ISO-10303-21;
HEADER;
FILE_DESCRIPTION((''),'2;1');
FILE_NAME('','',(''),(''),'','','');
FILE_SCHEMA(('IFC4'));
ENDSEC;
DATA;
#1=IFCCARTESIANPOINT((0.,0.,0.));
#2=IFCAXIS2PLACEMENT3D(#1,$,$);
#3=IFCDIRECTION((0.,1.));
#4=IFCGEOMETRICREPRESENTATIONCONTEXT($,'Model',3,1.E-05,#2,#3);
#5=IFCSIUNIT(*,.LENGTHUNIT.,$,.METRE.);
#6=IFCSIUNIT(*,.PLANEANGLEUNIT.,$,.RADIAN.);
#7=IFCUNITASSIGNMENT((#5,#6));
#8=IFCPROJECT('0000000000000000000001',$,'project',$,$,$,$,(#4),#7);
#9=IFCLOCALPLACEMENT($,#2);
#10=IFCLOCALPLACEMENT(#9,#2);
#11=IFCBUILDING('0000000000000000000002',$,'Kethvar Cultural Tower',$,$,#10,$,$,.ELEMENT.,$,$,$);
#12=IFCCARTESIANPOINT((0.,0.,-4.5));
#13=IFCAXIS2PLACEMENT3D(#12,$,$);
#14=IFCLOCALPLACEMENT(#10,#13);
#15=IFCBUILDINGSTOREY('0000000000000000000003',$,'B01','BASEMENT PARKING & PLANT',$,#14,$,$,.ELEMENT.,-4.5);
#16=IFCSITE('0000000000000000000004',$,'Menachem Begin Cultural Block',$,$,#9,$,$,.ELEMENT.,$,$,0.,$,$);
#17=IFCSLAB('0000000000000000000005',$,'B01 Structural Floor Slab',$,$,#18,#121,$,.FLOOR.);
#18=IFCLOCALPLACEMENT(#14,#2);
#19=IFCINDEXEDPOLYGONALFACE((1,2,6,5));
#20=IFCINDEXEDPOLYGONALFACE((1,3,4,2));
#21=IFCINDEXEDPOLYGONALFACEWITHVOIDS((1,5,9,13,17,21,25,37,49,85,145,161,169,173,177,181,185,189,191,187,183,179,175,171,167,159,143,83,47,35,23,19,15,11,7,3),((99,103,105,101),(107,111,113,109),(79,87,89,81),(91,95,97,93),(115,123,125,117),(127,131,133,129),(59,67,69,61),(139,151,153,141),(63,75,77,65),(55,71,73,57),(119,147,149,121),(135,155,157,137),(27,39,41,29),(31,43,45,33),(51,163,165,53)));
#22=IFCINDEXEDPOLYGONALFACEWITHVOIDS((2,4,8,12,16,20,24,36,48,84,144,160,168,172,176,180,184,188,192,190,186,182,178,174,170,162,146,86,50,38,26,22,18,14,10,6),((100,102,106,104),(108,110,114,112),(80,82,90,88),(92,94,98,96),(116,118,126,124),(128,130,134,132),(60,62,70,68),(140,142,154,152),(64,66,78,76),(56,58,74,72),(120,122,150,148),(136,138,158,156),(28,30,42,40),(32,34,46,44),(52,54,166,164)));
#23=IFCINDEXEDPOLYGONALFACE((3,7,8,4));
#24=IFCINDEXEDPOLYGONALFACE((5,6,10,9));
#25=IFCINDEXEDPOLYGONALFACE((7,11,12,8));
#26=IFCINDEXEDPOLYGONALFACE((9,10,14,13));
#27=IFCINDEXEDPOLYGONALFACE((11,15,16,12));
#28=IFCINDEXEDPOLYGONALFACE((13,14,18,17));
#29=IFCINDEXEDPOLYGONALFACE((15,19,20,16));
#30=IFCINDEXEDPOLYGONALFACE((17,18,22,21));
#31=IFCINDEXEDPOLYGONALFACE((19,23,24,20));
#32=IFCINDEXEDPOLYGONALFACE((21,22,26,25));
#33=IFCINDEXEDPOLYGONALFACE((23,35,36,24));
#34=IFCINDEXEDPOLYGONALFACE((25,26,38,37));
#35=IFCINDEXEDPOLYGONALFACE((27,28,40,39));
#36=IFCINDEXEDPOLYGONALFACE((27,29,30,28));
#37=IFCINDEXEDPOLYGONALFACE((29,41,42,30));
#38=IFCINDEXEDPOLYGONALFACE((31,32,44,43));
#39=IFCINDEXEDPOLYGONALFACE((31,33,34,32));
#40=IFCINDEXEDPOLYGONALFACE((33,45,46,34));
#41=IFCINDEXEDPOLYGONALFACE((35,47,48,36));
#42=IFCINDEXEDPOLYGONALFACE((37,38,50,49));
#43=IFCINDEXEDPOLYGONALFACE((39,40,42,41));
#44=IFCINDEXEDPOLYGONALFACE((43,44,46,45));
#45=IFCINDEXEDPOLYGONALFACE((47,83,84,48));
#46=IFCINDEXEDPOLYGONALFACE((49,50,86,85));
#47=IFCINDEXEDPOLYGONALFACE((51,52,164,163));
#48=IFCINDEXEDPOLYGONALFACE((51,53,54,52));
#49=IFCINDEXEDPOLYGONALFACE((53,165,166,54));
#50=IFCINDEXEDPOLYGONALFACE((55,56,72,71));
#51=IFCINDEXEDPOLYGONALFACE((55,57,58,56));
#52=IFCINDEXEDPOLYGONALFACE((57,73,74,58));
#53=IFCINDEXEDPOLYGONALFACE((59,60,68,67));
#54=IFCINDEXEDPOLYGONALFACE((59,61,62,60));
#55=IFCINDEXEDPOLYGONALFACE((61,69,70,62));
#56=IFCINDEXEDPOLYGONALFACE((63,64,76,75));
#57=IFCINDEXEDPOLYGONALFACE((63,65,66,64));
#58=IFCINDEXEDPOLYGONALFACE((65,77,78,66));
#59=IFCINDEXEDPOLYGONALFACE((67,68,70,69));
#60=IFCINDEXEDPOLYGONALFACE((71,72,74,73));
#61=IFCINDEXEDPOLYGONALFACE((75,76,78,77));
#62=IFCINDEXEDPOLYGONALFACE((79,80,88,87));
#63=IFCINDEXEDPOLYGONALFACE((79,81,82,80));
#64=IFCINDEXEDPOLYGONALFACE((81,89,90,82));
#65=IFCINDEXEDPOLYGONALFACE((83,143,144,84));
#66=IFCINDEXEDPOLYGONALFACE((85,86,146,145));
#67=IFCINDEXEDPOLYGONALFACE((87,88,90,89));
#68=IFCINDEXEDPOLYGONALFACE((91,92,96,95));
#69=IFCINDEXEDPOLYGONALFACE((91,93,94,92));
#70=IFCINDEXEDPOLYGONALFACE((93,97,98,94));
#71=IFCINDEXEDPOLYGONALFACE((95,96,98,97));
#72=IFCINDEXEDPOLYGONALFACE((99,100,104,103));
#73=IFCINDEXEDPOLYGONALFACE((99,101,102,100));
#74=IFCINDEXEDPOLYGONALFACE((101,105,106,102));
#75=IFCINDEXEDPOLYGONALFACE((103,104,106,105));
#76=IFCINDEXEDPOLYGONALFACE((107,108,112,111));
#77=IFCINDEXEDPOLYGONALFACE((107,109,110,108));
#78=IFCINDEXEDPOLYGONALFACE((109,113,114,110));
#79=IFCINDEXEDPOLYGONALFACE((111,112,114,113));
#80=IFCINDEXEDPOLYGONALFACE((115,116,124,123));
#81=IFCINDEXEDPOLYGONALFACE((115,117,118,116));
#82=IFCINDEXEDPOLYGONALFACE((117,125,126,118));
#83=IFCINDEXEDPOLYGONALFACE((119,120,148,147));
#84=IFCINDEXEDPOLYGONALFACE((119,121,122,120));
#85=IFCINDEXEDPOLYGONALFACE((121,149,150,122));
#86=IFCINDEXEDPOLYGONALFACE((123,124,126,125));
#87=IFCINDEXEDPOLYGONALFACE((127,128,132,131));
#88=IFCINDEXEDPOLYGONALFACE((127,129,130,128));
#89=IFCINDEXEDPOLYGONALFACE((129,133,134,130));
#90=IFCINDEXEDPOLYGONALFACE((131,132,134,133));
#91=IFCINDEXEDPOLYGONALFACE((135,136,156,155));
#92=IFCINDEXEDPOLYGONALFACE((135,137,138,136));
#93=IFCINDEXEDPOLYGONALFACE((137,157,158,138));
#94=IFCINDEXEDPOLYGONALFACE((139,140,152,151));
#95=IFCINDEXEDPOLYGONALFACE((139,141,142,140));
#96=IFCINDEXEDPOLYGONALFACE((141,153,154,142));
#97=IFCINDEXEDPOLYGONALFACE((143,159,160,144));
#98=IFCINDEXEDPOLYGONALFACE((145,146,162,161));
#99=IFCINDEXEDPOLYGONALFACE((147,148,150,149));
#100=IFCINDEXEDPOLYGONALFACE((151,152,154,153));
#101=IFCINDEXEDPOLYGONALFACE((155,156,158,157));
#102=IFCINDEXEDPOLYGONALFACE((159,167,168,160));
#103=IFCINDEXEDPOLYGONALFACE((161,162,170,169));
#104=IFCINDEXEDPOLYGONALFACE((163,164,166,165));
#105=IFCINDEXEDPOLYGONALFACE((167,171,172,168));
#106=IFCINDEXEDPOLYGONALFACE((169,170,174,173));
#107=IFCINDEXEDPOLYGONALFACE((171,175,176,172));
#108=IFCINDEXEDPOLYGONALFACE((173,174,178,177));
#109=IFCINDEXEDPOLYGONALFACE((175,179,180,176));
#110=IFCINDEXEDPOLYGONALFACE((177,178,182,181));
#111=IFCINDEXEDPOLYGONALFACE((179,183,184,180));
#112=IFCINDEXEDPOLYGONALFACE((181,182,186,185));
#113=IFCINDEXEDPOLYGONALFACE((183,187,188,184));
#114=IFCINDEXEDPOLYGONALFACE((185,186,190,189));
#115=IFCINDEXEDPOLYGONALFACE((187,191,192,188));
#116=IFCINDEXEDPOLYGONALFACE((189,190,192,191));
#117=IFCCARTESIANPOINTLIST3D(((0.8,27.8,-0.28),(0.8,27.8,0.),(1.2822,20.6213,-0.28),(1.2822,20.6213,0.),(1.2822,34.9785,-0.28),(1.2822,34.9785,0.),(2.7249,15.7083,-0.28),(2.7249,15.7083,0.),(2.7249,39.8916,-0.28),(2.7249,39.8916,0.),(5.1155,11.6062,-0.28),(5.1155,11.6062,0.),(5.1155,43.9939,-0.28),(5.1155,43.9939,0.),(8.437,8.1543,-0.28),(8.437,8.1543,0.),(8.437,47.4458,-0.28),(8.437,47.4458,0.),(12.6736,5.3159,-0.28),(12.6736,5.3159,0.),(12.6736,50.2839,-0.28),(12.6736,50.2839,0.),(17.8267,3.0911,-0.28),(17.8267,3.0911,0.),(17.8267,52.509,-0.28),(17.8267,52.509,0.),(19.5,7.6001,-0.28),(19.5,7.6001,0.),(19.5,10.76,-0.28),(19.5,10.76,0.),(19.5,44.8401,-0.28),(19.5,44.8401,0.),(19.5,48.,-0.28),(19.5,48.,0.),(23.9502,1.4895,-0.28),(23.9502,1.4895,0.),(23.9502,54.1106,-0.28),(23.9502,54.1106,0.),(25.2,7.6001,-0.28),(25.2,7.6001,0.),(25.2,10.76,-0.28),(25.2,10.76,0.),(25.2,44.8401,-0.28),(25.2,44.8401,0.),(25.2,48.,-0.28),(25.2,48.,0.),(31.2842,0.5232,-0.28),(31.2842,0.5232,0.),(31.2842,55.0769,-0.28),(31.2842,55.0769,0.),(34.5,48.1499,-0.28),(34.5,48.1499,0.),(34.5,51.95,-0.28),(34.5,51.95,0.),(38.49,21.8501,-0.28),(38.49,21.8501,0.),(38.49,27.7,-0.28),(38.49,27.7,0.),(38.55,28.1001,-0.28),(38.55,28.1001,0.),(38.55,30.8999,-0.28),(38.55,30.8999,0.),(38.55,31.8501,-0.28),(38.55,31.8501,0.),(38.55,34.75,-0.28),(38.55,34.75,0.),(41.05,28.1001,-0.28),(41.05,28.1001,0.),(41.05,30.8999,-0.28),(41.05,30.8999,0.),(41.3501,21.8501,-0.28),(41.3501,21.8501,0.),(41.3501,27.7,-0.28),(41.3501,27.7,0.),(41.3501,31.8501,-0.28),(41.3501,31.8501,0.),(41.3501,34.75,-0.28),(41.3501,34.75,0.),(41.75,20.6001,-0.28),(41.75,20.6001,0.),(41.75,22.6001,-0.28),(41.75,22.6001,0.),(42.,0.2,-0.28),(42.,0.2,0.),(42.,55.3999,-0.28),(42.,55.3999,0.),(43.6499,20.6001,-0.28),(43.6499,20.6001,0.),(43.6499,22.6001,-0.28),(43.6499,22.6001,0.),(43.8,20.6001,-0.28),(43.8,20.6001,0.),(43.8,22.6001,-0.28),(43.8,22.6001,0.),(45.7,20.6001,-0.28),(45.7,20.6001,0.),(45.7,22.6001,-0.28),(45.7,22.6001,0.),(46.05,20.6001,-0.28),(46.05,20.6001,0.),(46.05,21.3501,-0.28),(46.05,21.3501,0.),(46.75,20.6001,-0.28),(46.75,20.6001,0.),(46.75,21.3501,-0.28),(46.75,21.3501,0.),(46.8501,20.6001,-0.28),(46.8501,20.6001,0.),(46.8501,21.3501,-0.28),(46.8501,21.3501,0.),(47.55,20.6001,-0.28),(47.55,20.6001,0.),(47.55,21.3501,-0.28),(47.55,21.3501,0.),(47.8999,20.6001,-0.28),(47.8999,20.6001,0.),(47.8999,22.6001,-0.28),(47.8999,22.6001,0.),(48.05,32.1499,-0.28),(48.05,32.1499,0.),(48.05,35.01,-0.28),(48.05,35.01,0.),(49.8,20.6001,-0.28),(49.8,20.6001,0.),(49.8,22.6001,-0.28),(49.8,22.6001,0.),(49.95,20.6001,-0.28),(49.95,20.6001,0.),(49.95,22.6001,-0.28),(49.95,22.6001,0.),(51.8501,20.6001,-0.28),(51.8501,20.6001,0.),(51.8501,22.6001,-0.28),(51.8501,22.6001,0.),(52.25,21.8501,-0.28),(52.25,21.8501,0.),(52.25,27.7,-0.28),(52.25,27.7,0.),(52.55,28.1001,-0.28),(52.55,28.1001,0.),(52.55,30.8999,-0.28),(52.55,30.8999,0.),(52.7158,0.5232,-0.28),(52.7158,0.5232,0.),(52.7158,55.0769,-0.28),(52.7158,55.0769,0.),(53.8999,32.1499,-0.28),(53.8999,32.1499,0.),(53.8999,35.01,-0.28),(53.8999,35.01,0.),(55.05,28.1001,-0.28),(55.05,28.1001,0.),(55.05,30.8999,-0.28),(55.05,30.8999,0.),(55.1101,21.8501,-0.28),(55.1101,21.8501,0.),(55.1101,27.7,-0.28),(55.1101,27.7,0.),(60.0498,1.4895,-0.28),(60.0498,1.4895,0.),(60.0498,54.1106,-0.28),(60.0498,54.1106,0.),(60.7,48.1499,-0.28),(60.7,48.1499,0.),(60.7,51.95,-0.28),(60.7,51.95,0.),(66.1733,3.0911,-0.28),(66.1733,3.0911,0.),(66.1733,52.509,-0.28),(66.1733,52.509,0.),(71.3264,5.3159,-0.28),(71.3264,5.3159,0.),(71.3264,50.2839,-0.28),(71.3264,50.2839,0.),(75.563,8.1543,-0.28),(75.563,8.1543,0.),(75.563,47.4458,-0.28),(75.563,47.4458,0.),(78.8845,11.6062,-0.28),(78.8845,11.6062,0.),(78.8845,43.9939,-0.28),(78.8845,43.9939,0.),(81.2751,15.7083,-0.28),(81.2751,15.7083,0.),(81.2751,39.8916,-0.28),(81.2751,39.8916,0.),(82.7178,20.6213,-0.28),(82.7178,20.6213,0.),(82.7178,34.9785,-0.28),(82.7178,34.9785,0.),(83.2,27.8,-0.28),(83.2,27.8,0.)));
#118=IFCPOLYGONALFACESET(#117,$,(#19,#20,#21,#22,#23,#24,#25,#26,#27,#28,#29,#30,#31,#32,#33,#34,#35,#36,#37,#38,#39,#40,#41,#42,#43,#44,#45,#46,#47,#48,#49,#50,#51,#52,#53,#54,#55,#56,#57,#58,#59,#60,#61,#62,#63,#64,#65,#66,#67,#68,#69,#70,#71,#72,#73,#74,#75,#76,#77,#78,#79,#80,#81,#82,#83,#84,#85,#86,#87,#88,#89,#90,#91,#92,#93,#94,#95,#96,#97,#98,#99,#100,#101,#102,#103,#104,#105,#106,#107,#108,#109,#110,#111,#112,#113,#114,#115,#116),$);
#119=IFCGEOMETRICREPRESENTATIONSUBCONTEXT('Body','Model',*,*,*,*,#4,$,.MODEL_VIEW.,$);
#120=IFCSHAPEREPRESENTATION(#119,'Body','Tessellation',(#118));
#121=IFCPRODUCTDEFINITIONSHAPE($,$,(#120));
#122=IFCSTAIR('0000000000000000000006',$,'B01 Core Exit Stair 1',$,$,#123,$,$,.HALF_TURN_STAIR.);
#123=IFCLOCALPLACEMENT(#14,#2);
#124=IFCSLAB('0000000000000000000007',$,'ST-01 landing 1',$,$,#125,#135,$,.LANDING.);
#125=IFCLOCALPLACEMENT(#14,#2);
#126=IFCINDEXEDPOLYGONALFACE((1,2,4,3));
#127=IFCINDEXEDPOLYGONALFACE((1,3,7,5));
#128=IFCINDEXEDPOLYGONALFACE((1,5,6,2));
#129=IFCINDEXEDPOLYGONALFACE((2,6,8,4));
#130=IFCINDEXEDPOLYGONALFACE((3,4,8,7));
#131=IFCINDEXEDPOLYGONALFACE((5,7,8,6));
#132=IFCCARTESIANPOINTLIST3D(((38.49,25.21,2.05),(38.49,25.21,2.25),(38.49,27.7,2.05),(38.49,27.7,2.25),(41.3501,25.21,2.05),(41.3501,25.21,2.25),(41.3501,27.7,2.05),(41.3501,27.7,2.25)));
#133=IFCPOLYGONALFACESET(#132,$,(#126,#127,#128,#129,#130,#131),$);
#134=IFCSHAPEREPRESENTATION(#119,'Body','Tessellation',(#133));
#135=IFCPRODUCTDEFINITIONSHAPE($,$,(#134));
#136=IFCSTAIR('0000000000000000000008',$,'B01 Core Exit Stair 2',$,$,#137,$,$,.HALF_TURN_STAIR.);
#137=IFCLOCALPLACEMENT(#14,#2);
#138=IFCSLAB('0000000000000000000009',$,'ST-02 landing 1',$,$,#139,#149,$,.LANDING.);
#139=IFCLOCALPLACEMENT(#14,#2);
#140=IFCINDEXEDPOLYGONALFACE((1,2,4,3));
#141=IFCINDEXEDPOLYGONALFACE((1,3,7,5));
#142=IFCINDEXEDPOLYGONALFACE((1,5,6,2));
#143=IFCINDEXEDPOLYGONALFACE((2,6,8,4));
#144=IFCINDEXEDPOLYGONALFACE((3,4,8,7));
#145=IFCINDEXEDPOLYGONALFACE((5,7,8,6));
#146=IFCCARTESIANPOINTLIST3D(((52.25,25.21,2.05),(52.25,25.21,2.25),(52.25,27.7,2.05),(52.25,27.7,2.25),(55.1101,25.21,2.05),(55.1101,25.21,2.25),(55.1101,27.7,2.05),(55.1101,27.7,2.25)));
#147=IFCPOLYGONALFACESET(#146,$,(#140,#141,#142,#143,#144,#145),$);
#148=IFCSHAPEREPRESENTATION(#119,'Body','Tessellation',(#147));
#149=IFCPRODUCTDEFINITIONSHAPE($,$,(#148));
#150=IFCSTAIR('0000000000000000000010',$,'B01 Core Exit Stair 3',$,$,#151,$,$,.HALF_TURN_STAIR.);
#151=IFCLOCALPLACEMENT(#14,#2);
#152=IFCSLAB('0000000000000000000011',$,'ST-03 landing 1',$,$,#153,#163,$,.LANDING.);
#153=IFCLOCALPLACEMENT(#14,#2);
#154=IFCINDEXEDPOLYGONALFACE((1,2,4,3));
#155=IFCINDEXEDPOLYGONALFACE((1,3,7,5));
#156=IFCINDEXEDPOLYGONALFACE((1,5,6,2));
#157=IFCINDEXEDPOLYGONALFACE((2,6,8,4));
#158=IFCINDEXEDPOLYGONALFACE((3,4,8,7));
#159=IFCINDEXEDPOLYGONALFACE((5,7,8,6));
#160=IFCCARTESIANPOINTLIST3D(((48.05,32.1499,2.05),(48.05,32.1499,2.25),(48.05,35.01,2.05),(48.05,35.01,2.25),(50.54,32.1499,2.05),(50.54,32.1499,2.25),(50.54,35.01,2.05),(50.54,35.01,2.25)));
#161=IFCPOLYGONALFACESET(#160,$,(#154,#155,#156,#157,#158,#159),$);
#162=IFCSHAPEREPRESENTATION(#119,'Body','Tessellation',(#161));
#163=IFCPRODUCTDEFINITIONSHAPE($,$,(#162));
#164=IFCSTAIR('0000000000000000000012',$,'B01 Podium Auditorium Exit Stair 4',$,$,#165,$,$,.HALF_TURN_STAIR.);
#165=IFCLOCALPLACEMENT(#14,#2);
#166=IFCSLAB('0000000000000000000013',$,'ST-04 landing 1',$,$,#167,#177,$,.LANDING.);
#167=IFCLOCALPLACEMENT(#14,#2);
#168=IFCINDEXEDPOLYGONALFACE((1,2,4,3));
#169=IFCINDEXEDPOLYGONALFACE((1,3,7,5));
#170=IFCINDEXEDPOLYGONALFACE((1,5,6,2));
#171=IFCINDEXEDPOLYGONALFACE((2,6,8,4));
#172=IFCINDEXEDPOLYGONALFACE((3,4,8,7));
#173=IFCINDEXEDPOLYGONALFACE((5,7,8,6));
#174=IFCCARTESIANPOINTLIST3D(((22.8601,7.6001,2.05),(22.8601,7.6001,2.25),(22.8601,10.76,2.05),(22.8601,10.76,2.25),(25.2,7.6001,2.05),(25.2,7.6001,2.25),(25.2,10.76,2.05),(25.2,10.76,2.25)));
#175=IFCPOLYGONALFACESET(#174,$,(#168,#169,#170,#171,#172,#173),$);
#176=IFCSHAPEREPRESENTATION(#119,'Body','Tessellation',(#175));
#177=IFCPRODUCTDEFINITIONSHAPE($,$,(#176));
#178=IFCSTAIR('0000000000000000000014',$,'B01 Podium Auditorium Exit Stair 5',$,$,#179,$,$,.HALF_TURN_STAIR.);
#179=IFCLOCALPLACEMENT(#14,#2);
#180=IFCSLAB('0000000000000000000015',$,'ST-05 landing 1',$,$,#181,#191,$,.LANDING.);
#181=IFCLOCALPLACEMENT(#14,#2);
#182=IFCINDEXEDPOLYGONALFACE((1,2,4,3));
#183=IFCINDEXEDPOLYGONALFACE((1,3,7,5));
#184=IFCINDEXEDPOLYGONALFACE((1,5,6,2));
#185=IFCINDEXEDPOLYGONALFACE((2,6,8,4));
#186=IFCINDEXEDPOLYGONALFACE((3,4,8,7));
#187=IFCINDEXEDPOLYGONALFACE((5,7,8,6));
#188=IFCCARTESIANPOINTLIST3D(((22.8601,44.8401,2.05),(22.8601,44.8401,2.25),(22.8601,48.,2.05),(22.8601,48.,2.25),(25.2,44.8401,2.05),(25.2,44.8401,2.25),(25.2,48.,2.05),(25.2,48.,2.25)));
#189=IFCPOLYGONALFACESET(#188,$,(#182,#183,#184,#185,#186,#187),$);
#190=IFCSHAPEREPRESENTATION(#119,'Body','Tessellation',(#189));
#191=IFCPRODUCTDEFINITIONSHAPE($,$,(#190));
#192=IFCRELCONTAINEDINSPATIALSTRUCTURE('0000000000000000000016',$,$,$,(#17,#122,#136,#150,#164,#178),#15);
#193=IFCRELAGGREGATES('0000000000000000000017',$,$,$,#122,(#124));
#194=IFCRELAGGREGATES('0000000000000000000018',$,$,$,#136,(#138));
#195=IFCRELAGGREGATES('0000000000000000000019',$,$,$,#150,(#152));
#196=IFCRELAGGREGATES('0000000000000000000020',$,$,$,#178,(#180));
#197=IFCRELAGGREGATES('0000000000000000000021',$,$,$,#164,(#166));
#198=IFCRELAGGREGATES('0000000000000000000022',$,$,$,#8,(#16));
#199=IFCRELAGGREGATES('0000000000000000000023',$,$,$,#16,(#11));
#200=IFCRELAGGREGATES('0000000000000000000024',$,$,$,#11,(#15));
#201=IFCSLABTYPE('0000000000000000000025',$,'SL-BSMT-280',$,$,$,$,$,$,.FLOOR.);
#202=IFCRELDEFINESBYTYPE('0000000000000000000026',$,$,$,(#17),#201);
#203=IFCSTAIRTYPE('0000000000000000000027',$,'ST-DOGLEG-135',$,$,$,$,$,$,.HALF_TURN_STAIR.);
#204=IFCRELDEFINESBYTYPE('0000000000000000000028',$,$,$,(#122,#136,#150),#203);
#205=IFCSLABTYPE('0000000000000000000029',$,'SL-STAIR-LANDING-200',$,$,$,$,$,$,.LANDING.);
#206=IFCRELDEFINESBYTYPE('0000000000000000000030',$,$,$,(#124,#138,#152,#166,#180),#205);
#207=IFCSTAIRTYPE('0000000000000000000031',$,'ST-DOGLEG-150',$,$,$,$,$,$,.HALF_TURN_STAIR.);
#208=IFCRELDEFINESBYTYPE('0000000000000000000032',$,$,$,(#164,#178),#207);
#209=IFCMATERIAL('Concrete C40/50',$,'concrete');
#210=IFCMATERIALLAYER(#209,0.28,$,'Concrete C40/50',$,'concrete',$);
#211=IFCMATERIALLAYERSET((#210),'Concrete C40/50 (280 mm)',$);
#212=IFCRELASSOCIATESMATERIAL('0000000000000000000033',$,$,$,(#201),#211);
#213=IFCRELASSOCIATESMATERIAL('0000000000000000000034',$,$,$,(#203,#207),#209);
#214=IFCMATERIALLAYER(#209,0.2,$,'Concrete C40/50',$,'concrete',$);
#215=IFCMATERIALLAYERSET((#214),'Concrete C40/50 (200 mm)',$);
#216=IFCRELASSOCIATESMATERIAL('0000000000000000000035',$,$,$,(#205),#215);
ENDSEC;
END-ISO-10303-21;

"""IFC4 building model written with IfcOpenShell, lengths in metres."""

from ifc_helpers import new_model, si_unit, direction, frame, origin, place, context, subcontext, project, spatial, polyline, outline, extrude, material, layer, layer_set, type_object, element, aggregate, save


model = new_model("IFC4")

# Units and contexts
model_context = context("Model", 3, precision=1e-05, world=origin(), true_north=direction((0.0, 1.0)))
body_context = subcontext(model_context, "Body", "Model", "MODEL_VIEW")
ifc_project = project(units=[si_unit("LENGTHUNIT", "METRE"), si_unit("PLANEANGLEUNIT", "RADIAN")], contexts=[model_context])

# Site, building, storey
site_placement = place(None, origin())
site = spatial("IfcSite", under=ifc_project, at=site_placement, Name="Menachem Begin Cultural Block", CompositionType="ELEMENT", RefElevation=0.0)
building_placement = place(site_placement, origin())
building = spatial("IfcBuilding", under=site, at=building_placement, Name="Kethvar Cultural Tower", CompositionType="ELEMENT")
storey_placement = place(building_placement, frame((0.0, 0.0, -4.5)))
storey = spatial("IfcBuildingStorey", under=building, at=storey_placement, Name="B01", Description="BASEMENT PARKING & PLANT", CompositionType="ELEMENT", Elevation=-4.5)

# Slab
ifc_material_1 = material(Name="Concrete C40/50", Category="concrete")
ifc_layer_1 = layer(ifc_material_1, 0.28, Name="Concrete C40/50", Category="concrete")
ifc_layer_set_1 = layer_set([ifc_layer_1], Name="Concrete C40/50 (280 mm)")
slab_type_1 = type_object("IfcSlabType", Name="SL-BSMT-280", PredefinedType="FLOOR", material=ifc_layer_set_1)
slab_1_placement = place(storey_placement, frame((0.0, 0.0, -0.28)))
element("IfcSlab", 1, at=slab_1_placement, inside=storey, type_object=slab_type_1, Name="B01 Structural Floor Slab", PredefinedType="FLOOR", context=body_context, shape_type="SweptSolid", body=[
    extrude(outline(polyline([(83.2, 27.8), (82.7178, 34.9785), (81.2751, 39.8916), (78.8845, 43.9939), (75.563, 47.4458), (71.3264, 50.2839), (66.1733, 52.509), (60.0498, 54.1106), (52.7158, 55.0769), (42.0, 55.3999), (31.2842, 55.0769), (23.9502, 54.1106), (17.8267, 52.509), (12.6736, 50.2839), (8.437, 47.4458), (5.1155, 43.9939), (2.7249, 39.8916), (1.2822, 34.9785), (0.8, 27.8), (1.2822, 20.6213), (2.7249, 15.7083), (5.1155, 11.6062), (8.437, 8.1543), (12.6736, 5.3159), (17.8267, 3.0911), (23.9502, 1.4895), (31.2842, 0.5232), (42.0, 0.2), (52.7158, 0.5232), (60.0498, 1.4895), (66.1733, 3.0911), (71.3264, 5.3159), (75.563, 8.1543), (78.8845, 11.6062), (81.2751, 15.7083), (82.7178, 20.6213), (83.2, 27.8)]), holes=[polyline([(38.49, 21.8501), (38.49, 27.7), (41.3501, 27.7), (41.3501, 21.8501), (38.49, 21.8501)]), polyline([(52.25, 21.8501), (52.25, 27.7), (55.1101, 27.7), (55.1101, 21.8501), (52.25, 21.8501)]), polyline([(53.8999, 32.1499), (48.05, 32.1499), (48.05, 35.01), (53.8999, 35.01), (53.8999, 32.1499)]), polyline([(19.5, 10.76), (25.2, 10.76), (25.2, 7.6001), (19.5, 7.6001), (19.5, 10.76)]), polyline([(19.5, 48.0), (25.2, 48.0), (25.2, 44.8401), (19.5, 44.8401), (19.5, 48.0)]), polyline([(41.75, 22.6001), (43.6499, 22.6001), (43.6499, 20.6001), (41.75, 20.6001), (41.75, 22.6001)]), polyline([(43.8, 22.6001), (45.7, 22.6001), (45.7, 20.6001), (43.8, 20.6001), (43.8, 22.6001)]), polyline([(47.8999, 22.6001), (49.8, 22.6001), (49.8, 20.6001), (47.8999, 20.6001), (47.8999, 22.6001)]), polyline([(49.95, 22.6001), (51.8501, 22.6001), (51.8501, 20.6001), (49.95, 20.6001), (49.95, 22.6001)]), polyline([(38.55, 30.8999), (41.05, 30.8999), (41.05, 28.1001), (38.55, 28.1001), (38.55, 30.8999)]), polyline([(52.55, 30.8999), (55.05, 30.8999), (55.05, 28.1001), (52.55, 28.1001), (52.55, 30.8999)]), polyline([(38.55, 34.75), (41.3501, 34.75), (41.3501, 31.8501), (38.55, 31.8501), (38.55, 34.75)]), polyline([(46.05, 21.3501), (46.75, 21.3501), (46.75, 20.6001), (46.05, 20.6001), (46.05, 21.3501)]), polyline([(46.8501, 21.3501), (47.55, 21.3501), (47.55, 20.6001), (46.8501, 20.6001), (46.8501, 21.3501)]), polyline([(34.5, 51.95), (60.7, 51.95), (60.7, 48.1499), (34.5, 48.1499), (34.5, 51.95)])]), origin(), (0.0, 0.0, 1.0), 0.28),
])

# Stairs, slabs
stair_type_1 = type_object("IfcStairType", Name="ST-DOGLEG-135", PredefinedType="HALF_TURN_STAIR", material=ifc_material_1)
stair_1_placement = place(storey_placement, origin())
stair_1 = element("IfcStair", 2, at=stair_1_placement, inside=storey, type_object=stair_type_1, Name="B01 Core Exit Stair 1", PredefinedType="HALF_TURN_STAIR")
ifc_layer_2 = layer(ifc_material_1, 0.2, Name="Concrete C40/50", Category="concrete")
ifc_layer_set_2 = layer_set([ifc_layer_2], Name="Concrete C40/50 (200 mm)")
slab_type_2 = type_object("IfcSlabType", Name="SL-STAIR-LANDING-200", PredefinedType="LANDING", material=ifc_layer_set_2)
slab_2_placement = place(storey_placement, frame((0.0, 0.0, 2.05)))
slab_2 = element("IfcSlab", 3, at=slab_2_placement, type_object=slab_type_2, Name="ST-01 landing 1", PredefinedType="LANDING", context=body_context, shape_type="SweptSolid", body=[
    extrude(outline(polyline([(41.3501, 25.21), (41.3501, 27.7), (38.49, 27.7), (38.49, 25.21), (41.3501, 25.21)])), origin(), (0.0, 0.0, 1.0), 0.2),
])
aggregate(stair_1, [slab_2])
stair_2_placement = place(storey_placement, origin())
stair_2 = element("IfcStair", 4, at=stair_2_placement, inside=storey, type_object=stair_type_1, Name="B01 Core Exit Stair 2", PredefinedType="HALF_TURN_STAIR")
slab_3_placement = place(storey_placement, frame((0.0, 0.0, 2.05)))
slab_3 = element("IfcSlab", 5, at=slab_3_placement, type_object=slab_type_2, Name="ST-02 landing 1", PredefinedType="LANDING", context=body_context, shape_type="SweptSolid", body=[
    extrude(outline(polyline([(55.1101, 25.21), (55.1101, 27.7), (52.25, 27.7), (52.25, 25.21), (55.1101, 25.21)])), origin(), (0.0, 0.0, 1.0), 0.2),
])
aggregate(stair_2, [slab_3])
stair_3_placement = place(storey_placement, origin())
stair_3 = element("IfcStair", 6, at=stair_3_placement, inside=storey, type_object=stair_type_1, Name="B01 Core Exit Stair 3", PredefinedType="HALF_TURN_STAIR")
slab_4_placement = place(storey_placement, frame((0.0, 0.0, 2.05)))
slab_4 = element("IfcSlab", 7, at=slab_4_placement, type_object=slab_type_2, Name="ST-03 landing 1", PredefinedType="LANDING", context=body_context, shape_type="SweptSolid", body=[
    extrude(outline(polyline([(50.54, 35.01), (48.05, 35.01), (48.05, 32.1499), (50.54, 32.1499), (50.54, 35.01)])), origin(), (0.0, 0.0, 1.0), 0.2),
])
aggregate(stair_3, [slab_4])
stair_type_2 = type_object("IfcStairType", Name="ST-DOGLEG-150", PredefinedType="HALF_TURN_STAIR", material=ifc_material_1)
stair_4_placement = place(storey_placement, origin())
stair_4 = element("IfcStair", 8, at=stair_4_placement, inside=storey, type_object=stair_type_2, Name="B01 Podium Auditorium Exit Stair 4", PredefinedType="HALF_TURN_STAIR")
slab_5_placement = place(storey_placement, frame((0.0, 0.0, 2.05)))
slab_5 = element("IfcSlab", 9, at=slab_5_placement, type_object=slab_type_2, Name="ST-04 landing 1", PredefinedType="LANDING", context=body_context, shape_type="SweptSolid", body=[
    extrude(outline(polyline([(22.8601, 7.6001), (25.2, 7.6001), (25.2, 10.76), (22.8601, 10.76), (22.8601, 7.6001)])), origin(), (0.0, 0.0, 1.0), 0.2),
])
stair_5_placement = place(storey_placement, origin())
stair_5 = element("IfcStair", 10, at=stair_5_placement, inside=storey, type_object=stair_type_2, Name="B01 Podium Auditorium Exit Stair 5", PredefinedType="HALF_TURN_STAIR")
slab_6_placement = place(storey_placement, frame((0.0, 0.0, 2.05)))
slab_6 = element("IfcSlab", 11, at=slab_6_placement, type_object=slab_type_2, Name="ST-05 landing 1", PredefinedType="LANDING", context=body_context, shape_type="SweptSolid", body=[
    extrude(outline(polyline([(22.8601, 44.8401), (25.2, 44.8401), (25.2, 48.0), (22.8601, 48.0), (22.8601, 44.8401)])), origin(), (0.0, 0.0, 1.0), 0.2),
])
aggregate(stair_5, [slab_6])

aggregate(stair_4, [slab_5])

save(model, "model.ifc")
